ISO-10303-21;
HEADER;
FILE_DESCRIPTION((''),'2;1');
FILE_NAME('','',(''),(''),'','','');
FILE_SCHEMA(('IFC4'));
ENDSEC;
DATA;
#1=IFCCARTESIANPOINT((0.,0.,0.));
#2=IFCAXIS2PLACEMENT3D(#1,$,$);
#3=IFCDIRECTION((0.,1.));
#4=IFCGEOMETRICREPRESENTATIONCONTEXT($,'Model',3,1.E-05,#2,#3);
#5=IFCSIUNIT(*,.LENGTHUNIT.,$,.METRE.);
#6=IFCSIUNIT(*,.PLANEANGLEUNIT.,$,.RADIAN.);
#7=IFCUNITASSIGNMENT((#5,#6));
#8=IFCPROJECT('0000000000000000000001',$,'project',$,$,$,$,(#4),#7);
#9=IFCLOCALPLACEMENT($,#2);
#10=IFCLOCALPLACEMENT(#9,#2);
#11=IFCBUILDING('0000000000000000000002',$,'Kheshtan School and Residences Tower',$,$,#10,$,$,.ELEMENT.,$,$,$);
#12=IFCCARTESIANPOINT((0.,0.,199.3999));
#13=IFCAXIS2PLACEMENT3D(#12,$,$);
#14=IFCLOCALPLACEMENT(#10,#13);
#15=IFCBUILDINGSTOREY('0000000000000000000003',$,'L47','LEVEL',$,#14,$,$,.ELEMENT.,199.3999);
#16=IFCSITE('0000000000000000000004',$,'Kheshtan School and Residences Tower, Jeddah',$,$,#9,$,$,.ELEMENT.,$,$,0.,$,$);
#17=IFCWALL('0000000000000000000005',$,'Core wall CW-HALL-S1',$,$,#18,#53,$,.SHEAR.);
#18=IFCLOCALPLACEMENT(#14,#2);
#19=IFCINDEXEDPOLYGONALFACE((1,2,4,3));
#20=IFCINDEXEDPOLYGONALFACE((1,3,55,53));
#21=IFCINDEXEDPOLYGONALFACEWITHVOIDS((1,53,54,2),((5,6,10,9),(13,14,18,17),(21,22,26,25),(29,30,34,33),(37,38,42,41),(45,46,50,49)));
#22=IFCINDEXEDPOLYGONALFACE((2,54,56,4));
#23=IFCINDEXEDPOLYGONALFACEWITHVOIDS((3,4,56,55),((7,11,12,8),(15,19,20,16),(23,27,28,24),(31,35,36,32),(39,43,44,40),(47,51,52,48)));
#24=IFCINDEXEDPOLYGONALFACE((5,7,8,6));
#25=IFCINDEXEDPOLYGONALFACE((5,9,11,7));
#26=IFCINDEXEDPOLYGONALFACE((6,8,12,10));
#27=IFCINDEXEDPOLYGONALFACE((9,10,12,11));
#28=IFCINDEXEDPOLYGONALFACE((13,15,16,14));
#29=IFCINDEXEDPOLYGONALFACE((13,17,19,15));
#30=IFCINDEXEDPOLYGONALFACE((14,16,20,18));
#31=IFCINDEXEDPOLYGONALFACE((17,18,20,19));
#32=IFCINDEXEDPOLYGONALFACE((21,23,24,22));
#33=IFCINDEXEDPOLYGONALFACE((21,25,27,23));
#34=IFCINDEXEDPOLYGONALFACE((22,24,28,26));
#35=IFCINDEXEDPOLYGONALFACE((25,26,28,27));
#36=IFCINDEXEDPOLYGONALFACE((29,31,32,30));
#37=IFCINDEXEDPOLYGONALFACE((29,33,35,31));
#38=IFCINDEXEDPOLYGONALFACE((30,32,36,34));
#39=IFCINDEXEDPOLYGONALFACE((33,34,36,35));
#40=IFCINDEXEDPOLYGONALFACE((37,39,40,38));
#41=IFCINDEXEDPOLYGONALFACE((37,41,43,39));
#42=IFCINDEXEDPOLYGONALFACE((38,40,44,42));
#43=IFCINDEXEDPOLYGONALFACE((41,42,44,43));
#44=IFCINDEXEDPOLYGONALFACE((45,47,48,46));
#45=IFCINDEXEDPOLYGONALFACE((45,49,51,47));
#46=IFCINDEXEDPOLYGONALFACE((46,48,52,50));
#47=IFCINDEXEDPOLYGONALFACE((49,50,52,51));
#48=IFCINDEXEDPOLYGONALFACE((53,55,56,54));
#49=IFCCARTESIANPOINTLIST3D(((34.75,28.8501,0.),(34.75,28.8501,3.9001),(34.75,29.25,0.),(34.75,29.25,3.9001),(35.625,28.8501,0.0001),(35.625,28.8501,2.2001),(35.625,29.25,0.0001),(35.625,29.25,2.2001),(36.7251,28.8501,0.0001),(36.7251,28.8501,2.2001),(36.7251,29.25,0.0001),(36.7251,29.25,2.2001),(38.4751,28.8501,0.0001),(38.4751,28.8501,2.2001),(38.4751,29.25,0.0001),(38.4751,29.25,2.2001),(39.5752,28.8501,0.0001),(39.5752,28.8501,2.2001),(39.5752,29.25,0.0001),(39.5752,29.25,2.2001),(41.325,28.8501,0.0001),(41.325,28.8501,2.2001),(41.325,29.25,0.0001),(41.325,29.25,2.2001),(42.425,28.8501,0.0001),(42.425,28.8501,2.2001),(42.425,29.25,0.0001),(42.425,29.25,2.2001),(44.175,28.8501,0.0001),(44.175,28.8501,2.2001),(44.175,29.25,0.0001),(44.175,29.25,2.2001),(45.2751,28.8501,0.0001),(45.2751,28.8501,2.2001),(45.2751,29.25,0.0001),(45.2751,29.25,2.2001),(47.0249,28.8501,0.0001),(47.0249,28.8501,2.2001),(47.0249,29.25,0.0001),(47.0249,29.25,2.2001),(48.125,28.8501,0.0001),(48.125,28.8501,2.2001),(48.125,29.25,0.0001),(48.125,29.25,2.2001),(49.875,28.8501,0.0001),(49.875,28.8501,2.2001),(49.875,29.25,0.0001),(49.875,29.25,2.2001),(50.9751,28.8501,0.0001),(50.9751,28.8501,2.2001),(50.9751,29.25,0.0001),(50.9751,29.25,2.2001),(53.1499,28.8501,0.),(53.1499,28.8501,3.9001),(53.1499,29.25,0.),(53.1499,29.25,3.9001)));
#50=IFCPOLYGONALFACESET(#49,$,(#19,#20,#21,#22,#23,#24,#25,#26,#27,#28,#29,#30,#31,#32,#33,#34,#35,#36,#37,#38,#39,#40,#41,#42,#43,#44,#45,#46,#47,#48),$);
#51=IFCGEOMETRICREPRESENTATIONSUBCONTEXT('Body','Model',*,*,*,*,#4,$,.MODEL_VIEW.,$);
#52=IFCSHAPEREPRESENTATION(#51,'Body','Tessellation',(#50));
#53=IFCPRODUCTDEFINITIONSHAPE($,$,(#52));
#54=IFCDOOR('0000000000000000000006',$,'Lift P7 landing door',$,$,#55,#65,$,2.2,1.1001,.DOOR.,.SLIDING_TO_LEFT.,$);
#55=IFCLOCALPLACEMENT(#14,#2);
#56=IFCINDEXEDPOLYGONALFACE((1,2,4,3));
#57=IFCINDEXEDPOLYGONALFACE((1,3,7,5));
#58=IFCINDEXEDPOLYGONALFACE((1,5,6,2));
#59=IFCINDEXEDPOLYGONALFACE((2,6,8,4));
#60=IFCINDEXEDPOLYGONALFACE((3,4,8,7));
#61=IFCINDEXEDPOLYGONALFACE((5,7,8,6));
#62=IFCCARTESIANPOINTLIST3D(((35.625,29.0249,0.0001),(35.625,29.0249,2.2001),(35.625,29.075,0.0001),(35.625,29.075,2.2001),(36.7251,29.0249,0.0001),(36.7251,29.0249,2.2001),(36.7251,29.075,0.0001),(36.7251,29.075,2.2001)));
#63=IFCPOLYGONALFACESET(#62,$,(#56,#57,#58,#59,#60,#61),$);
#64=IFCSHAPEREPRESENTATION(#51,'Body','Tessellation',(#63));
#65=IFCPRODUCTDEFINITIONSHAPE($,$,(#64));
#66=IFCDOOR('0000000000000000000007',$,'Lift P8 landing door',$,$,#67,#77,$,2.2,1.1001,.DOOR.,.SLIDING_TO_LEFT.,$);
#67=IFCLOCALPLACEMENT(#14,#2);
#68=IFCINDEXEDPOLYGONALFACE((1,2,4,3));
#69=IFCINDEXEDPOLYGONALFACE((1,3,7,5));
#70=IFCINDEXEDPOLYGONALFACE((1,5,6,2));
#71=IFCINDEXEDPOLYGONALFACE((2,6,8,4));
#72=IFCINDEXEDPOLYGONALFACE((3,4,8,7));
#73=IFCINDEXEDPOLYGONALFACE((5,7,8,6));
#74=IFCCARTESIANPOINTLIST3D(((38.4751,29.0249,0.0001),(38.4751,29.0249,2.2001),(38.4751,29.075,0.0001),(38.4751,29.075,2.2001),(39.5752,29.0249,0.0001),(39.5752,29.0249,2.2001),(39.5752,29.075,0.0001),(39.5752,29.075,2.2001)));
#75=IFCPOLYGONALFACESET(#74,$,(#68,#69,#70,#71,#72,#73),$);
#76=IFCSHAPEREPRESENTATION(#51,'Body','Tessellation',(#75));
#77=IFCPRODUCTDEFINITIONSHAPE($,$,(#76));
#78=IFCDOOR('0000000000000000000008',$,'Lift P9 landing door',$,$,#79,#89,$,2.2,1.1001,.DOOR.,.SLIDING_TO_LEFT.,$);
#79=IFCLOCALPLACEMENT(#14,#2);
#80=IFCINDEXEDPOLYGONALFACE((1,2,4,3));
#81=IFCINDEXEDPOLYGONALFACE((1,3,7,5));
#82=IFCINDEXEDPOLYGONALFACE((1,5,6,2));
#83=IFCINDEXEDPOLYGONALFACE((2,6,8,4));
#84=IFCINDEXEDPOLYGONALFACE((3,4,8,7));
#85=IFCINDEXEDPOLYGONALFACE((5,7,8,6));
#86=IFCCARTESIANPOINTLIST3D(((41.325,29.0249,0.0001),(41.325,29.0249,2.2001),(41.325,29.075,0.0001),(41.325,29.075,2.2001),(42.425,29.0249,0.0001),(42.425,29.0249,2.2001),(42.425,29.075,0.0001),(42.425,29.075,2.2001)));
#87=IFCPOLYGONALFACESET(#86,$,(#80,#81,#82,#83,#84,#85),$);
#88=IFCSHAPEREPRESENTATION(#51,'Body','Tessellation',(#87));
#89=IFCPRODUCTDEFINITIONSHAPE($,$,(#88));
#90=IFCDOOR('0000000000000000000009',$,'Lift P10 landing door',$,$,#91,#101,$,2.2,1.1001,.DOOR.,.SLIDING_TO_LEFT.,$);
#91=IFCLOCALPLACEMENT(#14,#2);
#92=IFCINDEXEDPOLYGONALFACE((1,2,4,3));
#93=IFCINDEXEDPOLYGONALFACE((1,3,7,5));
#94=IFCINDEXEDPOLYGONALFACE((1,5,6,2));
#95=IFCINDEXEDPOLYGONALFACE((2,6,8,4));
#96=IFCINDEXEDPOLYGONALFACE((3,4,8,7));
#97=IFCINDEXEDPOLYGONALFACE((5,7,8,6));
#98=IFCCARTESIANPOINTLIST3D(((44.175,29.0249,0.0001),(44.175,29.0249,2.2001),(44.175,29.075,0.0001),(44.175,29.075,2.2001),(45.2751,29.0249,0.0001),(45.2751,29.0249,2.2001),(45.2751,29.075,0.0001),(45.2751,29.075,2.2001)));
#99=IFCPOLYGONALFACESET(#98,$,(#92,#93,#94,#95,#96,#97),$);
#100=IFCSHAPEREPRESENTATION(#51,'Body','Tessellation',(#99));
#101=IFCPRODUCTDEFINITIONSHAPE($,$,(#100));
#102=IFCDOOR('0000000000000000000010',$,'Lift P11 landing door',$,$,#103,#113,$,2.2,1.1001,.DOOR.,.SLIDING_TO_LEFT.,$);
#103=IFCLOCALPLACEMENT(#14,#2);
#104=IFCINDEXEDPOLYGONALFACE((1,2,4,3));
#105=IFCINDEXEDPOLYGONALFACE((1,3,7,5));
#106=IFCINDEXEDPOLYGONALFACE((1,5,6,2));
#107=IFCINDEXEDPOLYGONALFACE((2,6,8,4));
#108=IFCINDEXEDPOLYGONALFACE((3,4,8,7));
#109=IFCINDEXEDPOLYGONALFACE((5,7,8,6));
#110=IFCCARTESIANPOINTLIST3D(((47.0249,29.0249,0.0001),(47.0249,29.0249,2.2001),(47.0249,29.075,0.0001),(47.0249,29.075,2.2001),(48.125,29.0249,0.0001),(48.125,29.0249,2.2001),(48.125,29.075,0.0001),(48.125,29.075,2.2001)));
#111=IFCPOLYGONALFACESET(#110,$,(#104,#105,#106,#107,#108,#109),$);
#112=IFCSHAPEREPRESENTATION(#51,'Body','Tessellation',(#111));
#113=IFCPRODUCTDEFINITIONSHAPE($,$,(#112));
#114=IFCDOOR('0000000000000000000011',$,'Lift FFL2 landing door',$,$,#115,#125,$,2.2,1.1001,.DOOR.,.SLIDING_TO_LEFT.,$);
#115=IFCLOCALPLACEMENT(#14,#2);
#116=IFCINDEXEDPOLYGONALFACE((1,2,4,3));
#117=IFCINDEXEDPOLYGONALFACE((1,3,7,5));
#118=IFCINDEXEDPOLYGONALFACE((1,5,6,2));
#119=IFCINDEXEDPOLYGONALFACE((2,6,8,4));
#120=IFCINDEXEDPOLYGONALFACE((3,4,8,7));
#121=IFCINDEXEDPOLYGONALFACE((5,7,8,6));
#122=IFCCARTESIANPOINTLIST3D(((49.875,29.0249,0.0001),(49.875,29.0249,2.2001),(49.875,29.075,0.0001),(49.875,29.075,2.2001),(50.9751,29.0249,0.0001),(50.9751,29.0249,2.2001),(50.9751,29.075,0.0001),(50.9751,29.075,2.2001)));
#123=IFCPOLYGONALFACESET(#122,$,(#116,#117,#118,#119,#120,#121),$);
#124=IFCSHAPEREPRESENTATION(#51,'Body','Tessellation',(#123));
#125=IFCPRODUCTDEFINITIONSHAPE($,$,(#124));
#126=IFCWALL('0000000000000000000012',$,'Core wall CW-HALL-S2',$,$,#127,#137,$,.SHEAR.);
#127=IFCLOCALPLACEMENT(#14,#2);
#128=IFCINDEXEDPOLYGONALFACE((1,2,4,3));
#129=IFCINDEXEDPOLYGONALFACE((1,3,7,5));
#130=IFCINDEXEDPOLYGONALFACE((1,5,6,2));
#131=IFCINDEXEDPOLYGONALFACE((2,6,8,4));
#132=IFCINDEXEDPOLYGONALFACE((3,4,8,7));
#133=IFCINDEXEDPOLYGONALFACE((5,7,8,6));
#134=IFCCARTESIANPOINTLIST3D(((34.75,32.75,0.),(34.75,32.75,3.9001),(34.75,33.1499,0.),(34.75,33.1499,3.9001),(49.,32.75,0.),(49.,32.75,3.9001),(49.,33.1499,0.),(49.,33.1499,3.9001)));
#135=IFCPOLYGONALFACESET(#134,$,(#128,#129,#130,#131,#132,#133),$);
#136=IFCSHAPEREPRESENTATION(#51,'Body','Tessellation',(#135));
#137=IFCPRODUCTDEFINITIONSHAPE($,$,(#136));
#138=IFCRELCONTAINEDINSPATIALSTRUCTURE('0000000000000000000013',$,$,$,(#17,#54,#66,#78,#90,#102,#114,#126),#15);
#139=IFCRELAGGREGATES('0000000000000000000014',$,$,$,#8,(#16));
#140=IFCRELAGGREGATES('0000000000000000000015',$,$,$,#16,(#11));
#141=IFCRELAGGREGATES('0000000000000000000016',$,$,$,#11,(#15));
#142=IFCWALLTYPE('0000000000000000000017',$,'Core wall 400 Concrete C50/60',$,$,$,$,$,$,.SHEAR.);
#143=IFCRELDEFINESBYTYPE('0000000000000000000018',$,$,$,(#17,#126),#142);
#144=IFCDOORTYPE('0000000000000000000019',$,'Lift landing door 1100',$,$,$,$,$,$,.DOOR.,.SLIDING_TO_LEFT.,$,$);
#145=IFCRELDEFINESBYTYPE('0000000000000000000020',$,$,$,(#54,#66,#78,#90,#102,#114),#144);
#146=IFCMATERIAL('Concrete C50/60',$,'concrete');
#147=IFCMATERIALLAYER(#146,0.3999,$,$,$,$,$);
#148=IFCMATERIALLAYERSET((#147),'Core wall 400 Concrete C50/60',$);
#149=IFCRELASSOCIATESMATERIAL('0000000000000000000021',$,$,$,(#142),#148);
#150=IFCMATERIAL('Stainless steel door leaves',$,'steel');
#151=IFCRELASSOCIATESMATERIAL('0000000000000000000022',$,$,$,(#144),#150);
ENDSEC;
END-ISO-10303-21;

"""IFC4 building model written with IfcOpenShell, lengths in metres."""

from ifc_helpers import new_model, si_unit, direction, frame, frame_2d, origin, place, context, subcontext, project, spatial, rectangle, extrude, source, transform, mapped, material, layer, layer_set, type_object, element, fill, save


model = new_model("IFC4")

# Units and contexts
model_context = context("Model", 3, precision=1e-05, world=origin(), true_north=direction((0.0, 1.0)))
body_context = subcontext(model_context, "Body", "Model", "MODEL_VIEW")
ifc_project = project(units=[si_unit("LENGTHUNIT", "METRE"), si_unit("PLANEANGLEUNIT", "RADIAN")], contexts=[model_context])

# Site, building, storey
site_placement = place(None, origin())
site = spatial("IfcSite", under=ifc_project, at=site_placement, Name="Kheshtan School and Residences Tower, Jeddah", CompositionType="ELEMENT", RefElevation=0.0)
building_placement = place(site_placement, origin())
building = spatial("IfcBuilding", under=site, at=building_placement, Name="Kheshtan School and Residences Tower", CompositionType="ELEMENT")
storey_placement = place(building_placement, frame((0.0, 0.0, 199.3999)))
storey = spatial("IfcBuildingStorey", under=building, at=storey_placement, Name="L47", Description="LEVEL", CompositionType="ELEMENT", Elevation=199.3999)

# Wall, openings, doors
ifc_material_1 = material(Name="Concrete C50/60", Category="concrete")
ifc_layer_1 = layer(ifc_material_1, 0.3999)
ifc_layer_set_1 = layer_set([ifc_layer_1], Name="Core wall 400 Concrete C50/60")
wall_type_1 = type_object("IfcWallType", Name="Core wall 400 Concrete C50/60", PredefinedType="SHEAR", material=ifc_layer_set_1)
wall_1_placement = place(storey_placement, frame((34.75, 29.05, 0.0), z_axis=(0.0, 0.0, 1.0), x_axis=(1.0, 0.0, 0.0)))
wall_1 = element("IfcWall", 1, at=wall_1_placement, inside=storey, type_object=wall_type_1, Name="Core wall CW-HALL-S1", PredefinedType="SHEAR", context=body_context, shape_type="SweptSolid", body=[
    extrude(rectangle(XDim=18.3999, YDim=0.3999, at=frame_2d((9.2, 0.0))), origin(), (0.0, 0.0, 1.0), 3.9001),
])
opening_1_placement = place(wall_1_placement, frame((0.875, 0.0, 0.0)))
opening_1 = element("IfcOpeningElement", 2, at=opening_1_placement, cuts=wall_1, PredefinedType="OPENING", context=body_context, shape_type="SweptSolid", body=[
    extrude(rectangle(XDim=1.1001, YDim=2.2, at=frame_2d((0.55, 1.1001))), frame((0.0, 0.21, 0.0), z_axis=(0.0, -1.0, 0.0), x_axis=(1.0, 0.0, 0.0)), (0.0, 0.0, 1.0), 0.4199),
])
opening_2_placement = place(wall_1_placement, frame((3.7251, 0.0, 0.0)))
opening_2 = element("IfcOpeningElement", 3, at=opening_2_placement, cuts=wall_1, PredefinedType="OPENING", context=body_context, shape_type="SweptSolid", body=[
    extrude(rectangle(XDim=1.1001, YDim=2.2, at=frame_2d((0.55, 1.1001))), frame((0.0, 0.21, 0.0), z_axis=(0.0, -1.0, 0.0), x_axis=(1.0, 0.0, 0.0)), (0.0, 0.0, 1.0), 0.4199),
])
opening_3_placement = place(wall_1_placement, frame((6.575, 0.0, 0.0)))
opening_3 = element("IfcOpeningElement", 4, at=opening_3_placement, cuts=wall_1, PredefinedType="OPENING", context=body_context, shape_type="SweptSolid", body=[
    extrude(rectangle(XDim=1.1001, YDim=2.2, at=frame_2d((0.55, 1.1001))), frame((0.0, 0.21, 0.0), z_axis=(0.0, -1.0, 0.0), x_axis=(1.0, 0.0, 0.0)), (0.0, 0.0, 1.0), 0.4199),
])
opening_4_placement = place(wall_1_placement, frame((9.425, 0.0, 0.0)))
opening_4 = element("IfcOpeningElement", 5, at=opening_4_placement, cuts=wall_1, PredefinedType="OPENING", context=body_context, shape_type="SweptSolid", body=[
    extrude(rectangle(XDim=1.1001, YDim=2.2, at=frame_2d((0.55, 1.1001))), frame((0.0, 0.21, 0.0), z_axis=(0.0, -1.0, 0.0), x_axis=(1.0, 0.0, 0.0)), (0.0, 0.0, 1.0), 0.4199),
])
opening_5_placement = place(wall_1_placement, frame((12.2749, 0.0, 0.0)))
opening_5 = element("IfcOpeningElement", 6, at=opening_5_placement, cuts=wall_1, PredefinedType="OPENING", context=body_context, shape_type="SweptSolid", body=[
    extrude(rectangle(XDim=1.1001, YDim=2.2, at=frame_2d((0.55, 1.1001))), frame((0.0, 0.21, 0.0), z_axis=(0.0, -1.0, 0.0), x_axis=(1.0, 0.0, 0.0)), (0.0, 0.0, 1.0), 0.4199),
])
opening_6_placement = place(wall_1_placement, frame((15.125, 0.0, 0.0)))
opening_6 = element("IfcOpeningElement", 7, at=opening_6_placement, cuts=wall_1, PredefinedType="OPENING", context=body_context, shape_type="SweptSolid", body=[
    extrude(rectangle(XDim=1.1001, YDim=2.2, at=frame_2d((0.55, 1.1001))), frame((0.0, 0.21, 0.0), z_axis=(0.0, -1.0, 0.0), x_axis=(1.0, 0.0, 0.0)), (0.0, 0.0, 1.0), 0.4199),
])
ifc_material_2 = material(Name="Stainless steel door leaves", Category="steel")
door_type_1 = type_object("IfcDoorType", Name="Lift landing door 1100", OperationType="SLIDING_TO_LEFT", PredefinedType="DOOR", material=ifc_material_2)
shared_shape_1 = source(origin(), body_context, "Body", "SweptSolid", [
    extrude(rectangle(XDim=1.1001, YDim=2.2, at=frame_2d((0.55, 1.1001))), frame((0.0, 0.0249, 0.0), z_axis=(0.0, -1.0, 0.0), x_axis=(1.0, 0.0, 0.0)), (0.0, 0.0, 1.0), 0.05),
])
door_1_placement = place(opening_1_placement, origin())
door_1 = element("IfcDoor", 8, at=door_1_placement, inside=storey, type_object=door_type_1, Name="Lift P7 landing door", OperationType="SLIDING_TO_LEFT", OverallHeight=2.2, OverallWidth=1.1001, PredefinedType="DOOR", context=body_context, shape_type="MappedRepresentation", body=[
    mapped(shared_shape_1, transform((0.0, 0.0, 0.0), x_axis=(1.0, 0.0, 0.0), y_axis=(0.0, 1.0, 0.0), z_axis=(0.0, 0.0, 1.0), scale=1.0)),
])
fill(opening_1, door_1)
door_2_placement = place(opening_2_placement, origin())
door_2 = element("IfcDoor", 9, at=door_2_placement, inside=storey, type_object=door_type_1, Name="Lift P8 landing door", OperationType="SLIDING_TO_LEFT", OverallHeight=2.2, OverallWidth=1.1001, PredefinedType="DOOR", context=body_context, shape_type="MappedRepresentation", body=[
    mapped(shared_shape_1, transform((0.0, 0.0, 0.0), x_axis=(1.0, 0.0, 0.0), y_axis=(0.0, 1.0, 0.0), z_axis=(0.0, 0.0, 1.0), scale=1.0)),
])
fill(opening_2, door_2)
door_3_placement = place(opening_3_placement, origin())
door_3 = element("IfcDoor", 10, at=door_3_placement, inside=storey, type_object=door_type_1, Name="Lift P9 landing door", OperationType="SLIDING_TO_LEFT", OverallHeight=2.2, OverallWidth=1.1001, PredefinedType="DOOR", context=body_context, shape_type="MappedRepresentation", body=[
    mapped(shared_shape_1, transform((0.0, 0.0, 0.0), x_axis=(1.0, 0.0, 0.0), y_axis=(0.0, 1.0, 0.0), z_axis=(0.0, 0.0, 1.0), scale=1.0)),
])
fill(opening_3, door_3)
door_4_placement = place(opening_4_placement, origin())
door_4 = element("IfcDoor", 11, at=door_4_placement, inside=storey, type_object=door_type_1, Name="Lift P10 landing door", OperationType="SLIDING_TO_LEFT", OverallHeight=2.2, OverallWidth=1.1001, PredefinedType="DOOR", context=body_context, shape_type="MappedRepresentation", body=[
    mapped(shared_shape_1, transform((0.0, 0.0, 0.0), x_axis=(1.0, 0.0, 0.0), y_axis=(0.0, 1.0, 0.0), z_axis=(0.0, 0.0, 1.0), scale=1.0)),
])
fill(opening_4, door_4)
door_5_placement = place(opening_5_placement, origin())
door_5 = element("IfcDoor", 12, at=door_5_placement, inside=storey, type_object=door_type_1, Name="Lift P11 landing door", OperationType="SLIDING_TO_LEFT", OverallHeight=2.2, OverallWidth=1.1001, PredefinedType="DOOR", context=body_context, shape_type="MappedRepresentation", body=[
    mapped(shared_shape_1, transform((0.0, 0.0, 0.0), x_axis=(1.0, 0.0, 0.0), y_axis=(0.0, 1.0, 0.0), z_axis=(0.0, 0.0, 1.0), scale=1.0)),
])
fill(opening_5, door_5)
door_6_placement = place(opening_6_placement, origin())
door_6 = element("IfcDoor", 13, at=door_6_placement, inside=storey, type_object=door_type_1, Name="Lift FFL2 landing door", OperationType="SLIDING_TO_LEFT", OverallHeight=2.2, OverallWidth=1.1001, PredefinedType="DOOR", context=body_context, shape_type="MappedRepresentation", body=[
    mapped(shared_shape_1, transform((0.0, 0.0, 0.0), x_axis=(1.0, 0.0, 0.0), y_axis=(0.0, 1.0, 0.0), z_axis=(0.0, 0.0, 1.0), scale=1.0)),
])
fill(opening_6, door_6)

# Wall
wall_2_placement = place(storey_placement, frame((34.75, 32.95, 0.0), z_axis=(0.0, 0.0, 1.0), x_axis=(1.0, 0.0, 0.0)))
element("IfcWall", 14, at=wall_2_placement, inside=storey, type_object=wall_type_1, Name="Core wall CW-HALL-S2", PredefinedType="SHEAR", context=body_context, shape_type="SweptSolid", body=[
    extrude(rectangle(XDim=14.25, YDim=0.3999, at=frame_2d((7.125, 0.0))), origin(), (0.0, 0.0, 1.0), 3.9001),
])

save(model, "model.ifc")
